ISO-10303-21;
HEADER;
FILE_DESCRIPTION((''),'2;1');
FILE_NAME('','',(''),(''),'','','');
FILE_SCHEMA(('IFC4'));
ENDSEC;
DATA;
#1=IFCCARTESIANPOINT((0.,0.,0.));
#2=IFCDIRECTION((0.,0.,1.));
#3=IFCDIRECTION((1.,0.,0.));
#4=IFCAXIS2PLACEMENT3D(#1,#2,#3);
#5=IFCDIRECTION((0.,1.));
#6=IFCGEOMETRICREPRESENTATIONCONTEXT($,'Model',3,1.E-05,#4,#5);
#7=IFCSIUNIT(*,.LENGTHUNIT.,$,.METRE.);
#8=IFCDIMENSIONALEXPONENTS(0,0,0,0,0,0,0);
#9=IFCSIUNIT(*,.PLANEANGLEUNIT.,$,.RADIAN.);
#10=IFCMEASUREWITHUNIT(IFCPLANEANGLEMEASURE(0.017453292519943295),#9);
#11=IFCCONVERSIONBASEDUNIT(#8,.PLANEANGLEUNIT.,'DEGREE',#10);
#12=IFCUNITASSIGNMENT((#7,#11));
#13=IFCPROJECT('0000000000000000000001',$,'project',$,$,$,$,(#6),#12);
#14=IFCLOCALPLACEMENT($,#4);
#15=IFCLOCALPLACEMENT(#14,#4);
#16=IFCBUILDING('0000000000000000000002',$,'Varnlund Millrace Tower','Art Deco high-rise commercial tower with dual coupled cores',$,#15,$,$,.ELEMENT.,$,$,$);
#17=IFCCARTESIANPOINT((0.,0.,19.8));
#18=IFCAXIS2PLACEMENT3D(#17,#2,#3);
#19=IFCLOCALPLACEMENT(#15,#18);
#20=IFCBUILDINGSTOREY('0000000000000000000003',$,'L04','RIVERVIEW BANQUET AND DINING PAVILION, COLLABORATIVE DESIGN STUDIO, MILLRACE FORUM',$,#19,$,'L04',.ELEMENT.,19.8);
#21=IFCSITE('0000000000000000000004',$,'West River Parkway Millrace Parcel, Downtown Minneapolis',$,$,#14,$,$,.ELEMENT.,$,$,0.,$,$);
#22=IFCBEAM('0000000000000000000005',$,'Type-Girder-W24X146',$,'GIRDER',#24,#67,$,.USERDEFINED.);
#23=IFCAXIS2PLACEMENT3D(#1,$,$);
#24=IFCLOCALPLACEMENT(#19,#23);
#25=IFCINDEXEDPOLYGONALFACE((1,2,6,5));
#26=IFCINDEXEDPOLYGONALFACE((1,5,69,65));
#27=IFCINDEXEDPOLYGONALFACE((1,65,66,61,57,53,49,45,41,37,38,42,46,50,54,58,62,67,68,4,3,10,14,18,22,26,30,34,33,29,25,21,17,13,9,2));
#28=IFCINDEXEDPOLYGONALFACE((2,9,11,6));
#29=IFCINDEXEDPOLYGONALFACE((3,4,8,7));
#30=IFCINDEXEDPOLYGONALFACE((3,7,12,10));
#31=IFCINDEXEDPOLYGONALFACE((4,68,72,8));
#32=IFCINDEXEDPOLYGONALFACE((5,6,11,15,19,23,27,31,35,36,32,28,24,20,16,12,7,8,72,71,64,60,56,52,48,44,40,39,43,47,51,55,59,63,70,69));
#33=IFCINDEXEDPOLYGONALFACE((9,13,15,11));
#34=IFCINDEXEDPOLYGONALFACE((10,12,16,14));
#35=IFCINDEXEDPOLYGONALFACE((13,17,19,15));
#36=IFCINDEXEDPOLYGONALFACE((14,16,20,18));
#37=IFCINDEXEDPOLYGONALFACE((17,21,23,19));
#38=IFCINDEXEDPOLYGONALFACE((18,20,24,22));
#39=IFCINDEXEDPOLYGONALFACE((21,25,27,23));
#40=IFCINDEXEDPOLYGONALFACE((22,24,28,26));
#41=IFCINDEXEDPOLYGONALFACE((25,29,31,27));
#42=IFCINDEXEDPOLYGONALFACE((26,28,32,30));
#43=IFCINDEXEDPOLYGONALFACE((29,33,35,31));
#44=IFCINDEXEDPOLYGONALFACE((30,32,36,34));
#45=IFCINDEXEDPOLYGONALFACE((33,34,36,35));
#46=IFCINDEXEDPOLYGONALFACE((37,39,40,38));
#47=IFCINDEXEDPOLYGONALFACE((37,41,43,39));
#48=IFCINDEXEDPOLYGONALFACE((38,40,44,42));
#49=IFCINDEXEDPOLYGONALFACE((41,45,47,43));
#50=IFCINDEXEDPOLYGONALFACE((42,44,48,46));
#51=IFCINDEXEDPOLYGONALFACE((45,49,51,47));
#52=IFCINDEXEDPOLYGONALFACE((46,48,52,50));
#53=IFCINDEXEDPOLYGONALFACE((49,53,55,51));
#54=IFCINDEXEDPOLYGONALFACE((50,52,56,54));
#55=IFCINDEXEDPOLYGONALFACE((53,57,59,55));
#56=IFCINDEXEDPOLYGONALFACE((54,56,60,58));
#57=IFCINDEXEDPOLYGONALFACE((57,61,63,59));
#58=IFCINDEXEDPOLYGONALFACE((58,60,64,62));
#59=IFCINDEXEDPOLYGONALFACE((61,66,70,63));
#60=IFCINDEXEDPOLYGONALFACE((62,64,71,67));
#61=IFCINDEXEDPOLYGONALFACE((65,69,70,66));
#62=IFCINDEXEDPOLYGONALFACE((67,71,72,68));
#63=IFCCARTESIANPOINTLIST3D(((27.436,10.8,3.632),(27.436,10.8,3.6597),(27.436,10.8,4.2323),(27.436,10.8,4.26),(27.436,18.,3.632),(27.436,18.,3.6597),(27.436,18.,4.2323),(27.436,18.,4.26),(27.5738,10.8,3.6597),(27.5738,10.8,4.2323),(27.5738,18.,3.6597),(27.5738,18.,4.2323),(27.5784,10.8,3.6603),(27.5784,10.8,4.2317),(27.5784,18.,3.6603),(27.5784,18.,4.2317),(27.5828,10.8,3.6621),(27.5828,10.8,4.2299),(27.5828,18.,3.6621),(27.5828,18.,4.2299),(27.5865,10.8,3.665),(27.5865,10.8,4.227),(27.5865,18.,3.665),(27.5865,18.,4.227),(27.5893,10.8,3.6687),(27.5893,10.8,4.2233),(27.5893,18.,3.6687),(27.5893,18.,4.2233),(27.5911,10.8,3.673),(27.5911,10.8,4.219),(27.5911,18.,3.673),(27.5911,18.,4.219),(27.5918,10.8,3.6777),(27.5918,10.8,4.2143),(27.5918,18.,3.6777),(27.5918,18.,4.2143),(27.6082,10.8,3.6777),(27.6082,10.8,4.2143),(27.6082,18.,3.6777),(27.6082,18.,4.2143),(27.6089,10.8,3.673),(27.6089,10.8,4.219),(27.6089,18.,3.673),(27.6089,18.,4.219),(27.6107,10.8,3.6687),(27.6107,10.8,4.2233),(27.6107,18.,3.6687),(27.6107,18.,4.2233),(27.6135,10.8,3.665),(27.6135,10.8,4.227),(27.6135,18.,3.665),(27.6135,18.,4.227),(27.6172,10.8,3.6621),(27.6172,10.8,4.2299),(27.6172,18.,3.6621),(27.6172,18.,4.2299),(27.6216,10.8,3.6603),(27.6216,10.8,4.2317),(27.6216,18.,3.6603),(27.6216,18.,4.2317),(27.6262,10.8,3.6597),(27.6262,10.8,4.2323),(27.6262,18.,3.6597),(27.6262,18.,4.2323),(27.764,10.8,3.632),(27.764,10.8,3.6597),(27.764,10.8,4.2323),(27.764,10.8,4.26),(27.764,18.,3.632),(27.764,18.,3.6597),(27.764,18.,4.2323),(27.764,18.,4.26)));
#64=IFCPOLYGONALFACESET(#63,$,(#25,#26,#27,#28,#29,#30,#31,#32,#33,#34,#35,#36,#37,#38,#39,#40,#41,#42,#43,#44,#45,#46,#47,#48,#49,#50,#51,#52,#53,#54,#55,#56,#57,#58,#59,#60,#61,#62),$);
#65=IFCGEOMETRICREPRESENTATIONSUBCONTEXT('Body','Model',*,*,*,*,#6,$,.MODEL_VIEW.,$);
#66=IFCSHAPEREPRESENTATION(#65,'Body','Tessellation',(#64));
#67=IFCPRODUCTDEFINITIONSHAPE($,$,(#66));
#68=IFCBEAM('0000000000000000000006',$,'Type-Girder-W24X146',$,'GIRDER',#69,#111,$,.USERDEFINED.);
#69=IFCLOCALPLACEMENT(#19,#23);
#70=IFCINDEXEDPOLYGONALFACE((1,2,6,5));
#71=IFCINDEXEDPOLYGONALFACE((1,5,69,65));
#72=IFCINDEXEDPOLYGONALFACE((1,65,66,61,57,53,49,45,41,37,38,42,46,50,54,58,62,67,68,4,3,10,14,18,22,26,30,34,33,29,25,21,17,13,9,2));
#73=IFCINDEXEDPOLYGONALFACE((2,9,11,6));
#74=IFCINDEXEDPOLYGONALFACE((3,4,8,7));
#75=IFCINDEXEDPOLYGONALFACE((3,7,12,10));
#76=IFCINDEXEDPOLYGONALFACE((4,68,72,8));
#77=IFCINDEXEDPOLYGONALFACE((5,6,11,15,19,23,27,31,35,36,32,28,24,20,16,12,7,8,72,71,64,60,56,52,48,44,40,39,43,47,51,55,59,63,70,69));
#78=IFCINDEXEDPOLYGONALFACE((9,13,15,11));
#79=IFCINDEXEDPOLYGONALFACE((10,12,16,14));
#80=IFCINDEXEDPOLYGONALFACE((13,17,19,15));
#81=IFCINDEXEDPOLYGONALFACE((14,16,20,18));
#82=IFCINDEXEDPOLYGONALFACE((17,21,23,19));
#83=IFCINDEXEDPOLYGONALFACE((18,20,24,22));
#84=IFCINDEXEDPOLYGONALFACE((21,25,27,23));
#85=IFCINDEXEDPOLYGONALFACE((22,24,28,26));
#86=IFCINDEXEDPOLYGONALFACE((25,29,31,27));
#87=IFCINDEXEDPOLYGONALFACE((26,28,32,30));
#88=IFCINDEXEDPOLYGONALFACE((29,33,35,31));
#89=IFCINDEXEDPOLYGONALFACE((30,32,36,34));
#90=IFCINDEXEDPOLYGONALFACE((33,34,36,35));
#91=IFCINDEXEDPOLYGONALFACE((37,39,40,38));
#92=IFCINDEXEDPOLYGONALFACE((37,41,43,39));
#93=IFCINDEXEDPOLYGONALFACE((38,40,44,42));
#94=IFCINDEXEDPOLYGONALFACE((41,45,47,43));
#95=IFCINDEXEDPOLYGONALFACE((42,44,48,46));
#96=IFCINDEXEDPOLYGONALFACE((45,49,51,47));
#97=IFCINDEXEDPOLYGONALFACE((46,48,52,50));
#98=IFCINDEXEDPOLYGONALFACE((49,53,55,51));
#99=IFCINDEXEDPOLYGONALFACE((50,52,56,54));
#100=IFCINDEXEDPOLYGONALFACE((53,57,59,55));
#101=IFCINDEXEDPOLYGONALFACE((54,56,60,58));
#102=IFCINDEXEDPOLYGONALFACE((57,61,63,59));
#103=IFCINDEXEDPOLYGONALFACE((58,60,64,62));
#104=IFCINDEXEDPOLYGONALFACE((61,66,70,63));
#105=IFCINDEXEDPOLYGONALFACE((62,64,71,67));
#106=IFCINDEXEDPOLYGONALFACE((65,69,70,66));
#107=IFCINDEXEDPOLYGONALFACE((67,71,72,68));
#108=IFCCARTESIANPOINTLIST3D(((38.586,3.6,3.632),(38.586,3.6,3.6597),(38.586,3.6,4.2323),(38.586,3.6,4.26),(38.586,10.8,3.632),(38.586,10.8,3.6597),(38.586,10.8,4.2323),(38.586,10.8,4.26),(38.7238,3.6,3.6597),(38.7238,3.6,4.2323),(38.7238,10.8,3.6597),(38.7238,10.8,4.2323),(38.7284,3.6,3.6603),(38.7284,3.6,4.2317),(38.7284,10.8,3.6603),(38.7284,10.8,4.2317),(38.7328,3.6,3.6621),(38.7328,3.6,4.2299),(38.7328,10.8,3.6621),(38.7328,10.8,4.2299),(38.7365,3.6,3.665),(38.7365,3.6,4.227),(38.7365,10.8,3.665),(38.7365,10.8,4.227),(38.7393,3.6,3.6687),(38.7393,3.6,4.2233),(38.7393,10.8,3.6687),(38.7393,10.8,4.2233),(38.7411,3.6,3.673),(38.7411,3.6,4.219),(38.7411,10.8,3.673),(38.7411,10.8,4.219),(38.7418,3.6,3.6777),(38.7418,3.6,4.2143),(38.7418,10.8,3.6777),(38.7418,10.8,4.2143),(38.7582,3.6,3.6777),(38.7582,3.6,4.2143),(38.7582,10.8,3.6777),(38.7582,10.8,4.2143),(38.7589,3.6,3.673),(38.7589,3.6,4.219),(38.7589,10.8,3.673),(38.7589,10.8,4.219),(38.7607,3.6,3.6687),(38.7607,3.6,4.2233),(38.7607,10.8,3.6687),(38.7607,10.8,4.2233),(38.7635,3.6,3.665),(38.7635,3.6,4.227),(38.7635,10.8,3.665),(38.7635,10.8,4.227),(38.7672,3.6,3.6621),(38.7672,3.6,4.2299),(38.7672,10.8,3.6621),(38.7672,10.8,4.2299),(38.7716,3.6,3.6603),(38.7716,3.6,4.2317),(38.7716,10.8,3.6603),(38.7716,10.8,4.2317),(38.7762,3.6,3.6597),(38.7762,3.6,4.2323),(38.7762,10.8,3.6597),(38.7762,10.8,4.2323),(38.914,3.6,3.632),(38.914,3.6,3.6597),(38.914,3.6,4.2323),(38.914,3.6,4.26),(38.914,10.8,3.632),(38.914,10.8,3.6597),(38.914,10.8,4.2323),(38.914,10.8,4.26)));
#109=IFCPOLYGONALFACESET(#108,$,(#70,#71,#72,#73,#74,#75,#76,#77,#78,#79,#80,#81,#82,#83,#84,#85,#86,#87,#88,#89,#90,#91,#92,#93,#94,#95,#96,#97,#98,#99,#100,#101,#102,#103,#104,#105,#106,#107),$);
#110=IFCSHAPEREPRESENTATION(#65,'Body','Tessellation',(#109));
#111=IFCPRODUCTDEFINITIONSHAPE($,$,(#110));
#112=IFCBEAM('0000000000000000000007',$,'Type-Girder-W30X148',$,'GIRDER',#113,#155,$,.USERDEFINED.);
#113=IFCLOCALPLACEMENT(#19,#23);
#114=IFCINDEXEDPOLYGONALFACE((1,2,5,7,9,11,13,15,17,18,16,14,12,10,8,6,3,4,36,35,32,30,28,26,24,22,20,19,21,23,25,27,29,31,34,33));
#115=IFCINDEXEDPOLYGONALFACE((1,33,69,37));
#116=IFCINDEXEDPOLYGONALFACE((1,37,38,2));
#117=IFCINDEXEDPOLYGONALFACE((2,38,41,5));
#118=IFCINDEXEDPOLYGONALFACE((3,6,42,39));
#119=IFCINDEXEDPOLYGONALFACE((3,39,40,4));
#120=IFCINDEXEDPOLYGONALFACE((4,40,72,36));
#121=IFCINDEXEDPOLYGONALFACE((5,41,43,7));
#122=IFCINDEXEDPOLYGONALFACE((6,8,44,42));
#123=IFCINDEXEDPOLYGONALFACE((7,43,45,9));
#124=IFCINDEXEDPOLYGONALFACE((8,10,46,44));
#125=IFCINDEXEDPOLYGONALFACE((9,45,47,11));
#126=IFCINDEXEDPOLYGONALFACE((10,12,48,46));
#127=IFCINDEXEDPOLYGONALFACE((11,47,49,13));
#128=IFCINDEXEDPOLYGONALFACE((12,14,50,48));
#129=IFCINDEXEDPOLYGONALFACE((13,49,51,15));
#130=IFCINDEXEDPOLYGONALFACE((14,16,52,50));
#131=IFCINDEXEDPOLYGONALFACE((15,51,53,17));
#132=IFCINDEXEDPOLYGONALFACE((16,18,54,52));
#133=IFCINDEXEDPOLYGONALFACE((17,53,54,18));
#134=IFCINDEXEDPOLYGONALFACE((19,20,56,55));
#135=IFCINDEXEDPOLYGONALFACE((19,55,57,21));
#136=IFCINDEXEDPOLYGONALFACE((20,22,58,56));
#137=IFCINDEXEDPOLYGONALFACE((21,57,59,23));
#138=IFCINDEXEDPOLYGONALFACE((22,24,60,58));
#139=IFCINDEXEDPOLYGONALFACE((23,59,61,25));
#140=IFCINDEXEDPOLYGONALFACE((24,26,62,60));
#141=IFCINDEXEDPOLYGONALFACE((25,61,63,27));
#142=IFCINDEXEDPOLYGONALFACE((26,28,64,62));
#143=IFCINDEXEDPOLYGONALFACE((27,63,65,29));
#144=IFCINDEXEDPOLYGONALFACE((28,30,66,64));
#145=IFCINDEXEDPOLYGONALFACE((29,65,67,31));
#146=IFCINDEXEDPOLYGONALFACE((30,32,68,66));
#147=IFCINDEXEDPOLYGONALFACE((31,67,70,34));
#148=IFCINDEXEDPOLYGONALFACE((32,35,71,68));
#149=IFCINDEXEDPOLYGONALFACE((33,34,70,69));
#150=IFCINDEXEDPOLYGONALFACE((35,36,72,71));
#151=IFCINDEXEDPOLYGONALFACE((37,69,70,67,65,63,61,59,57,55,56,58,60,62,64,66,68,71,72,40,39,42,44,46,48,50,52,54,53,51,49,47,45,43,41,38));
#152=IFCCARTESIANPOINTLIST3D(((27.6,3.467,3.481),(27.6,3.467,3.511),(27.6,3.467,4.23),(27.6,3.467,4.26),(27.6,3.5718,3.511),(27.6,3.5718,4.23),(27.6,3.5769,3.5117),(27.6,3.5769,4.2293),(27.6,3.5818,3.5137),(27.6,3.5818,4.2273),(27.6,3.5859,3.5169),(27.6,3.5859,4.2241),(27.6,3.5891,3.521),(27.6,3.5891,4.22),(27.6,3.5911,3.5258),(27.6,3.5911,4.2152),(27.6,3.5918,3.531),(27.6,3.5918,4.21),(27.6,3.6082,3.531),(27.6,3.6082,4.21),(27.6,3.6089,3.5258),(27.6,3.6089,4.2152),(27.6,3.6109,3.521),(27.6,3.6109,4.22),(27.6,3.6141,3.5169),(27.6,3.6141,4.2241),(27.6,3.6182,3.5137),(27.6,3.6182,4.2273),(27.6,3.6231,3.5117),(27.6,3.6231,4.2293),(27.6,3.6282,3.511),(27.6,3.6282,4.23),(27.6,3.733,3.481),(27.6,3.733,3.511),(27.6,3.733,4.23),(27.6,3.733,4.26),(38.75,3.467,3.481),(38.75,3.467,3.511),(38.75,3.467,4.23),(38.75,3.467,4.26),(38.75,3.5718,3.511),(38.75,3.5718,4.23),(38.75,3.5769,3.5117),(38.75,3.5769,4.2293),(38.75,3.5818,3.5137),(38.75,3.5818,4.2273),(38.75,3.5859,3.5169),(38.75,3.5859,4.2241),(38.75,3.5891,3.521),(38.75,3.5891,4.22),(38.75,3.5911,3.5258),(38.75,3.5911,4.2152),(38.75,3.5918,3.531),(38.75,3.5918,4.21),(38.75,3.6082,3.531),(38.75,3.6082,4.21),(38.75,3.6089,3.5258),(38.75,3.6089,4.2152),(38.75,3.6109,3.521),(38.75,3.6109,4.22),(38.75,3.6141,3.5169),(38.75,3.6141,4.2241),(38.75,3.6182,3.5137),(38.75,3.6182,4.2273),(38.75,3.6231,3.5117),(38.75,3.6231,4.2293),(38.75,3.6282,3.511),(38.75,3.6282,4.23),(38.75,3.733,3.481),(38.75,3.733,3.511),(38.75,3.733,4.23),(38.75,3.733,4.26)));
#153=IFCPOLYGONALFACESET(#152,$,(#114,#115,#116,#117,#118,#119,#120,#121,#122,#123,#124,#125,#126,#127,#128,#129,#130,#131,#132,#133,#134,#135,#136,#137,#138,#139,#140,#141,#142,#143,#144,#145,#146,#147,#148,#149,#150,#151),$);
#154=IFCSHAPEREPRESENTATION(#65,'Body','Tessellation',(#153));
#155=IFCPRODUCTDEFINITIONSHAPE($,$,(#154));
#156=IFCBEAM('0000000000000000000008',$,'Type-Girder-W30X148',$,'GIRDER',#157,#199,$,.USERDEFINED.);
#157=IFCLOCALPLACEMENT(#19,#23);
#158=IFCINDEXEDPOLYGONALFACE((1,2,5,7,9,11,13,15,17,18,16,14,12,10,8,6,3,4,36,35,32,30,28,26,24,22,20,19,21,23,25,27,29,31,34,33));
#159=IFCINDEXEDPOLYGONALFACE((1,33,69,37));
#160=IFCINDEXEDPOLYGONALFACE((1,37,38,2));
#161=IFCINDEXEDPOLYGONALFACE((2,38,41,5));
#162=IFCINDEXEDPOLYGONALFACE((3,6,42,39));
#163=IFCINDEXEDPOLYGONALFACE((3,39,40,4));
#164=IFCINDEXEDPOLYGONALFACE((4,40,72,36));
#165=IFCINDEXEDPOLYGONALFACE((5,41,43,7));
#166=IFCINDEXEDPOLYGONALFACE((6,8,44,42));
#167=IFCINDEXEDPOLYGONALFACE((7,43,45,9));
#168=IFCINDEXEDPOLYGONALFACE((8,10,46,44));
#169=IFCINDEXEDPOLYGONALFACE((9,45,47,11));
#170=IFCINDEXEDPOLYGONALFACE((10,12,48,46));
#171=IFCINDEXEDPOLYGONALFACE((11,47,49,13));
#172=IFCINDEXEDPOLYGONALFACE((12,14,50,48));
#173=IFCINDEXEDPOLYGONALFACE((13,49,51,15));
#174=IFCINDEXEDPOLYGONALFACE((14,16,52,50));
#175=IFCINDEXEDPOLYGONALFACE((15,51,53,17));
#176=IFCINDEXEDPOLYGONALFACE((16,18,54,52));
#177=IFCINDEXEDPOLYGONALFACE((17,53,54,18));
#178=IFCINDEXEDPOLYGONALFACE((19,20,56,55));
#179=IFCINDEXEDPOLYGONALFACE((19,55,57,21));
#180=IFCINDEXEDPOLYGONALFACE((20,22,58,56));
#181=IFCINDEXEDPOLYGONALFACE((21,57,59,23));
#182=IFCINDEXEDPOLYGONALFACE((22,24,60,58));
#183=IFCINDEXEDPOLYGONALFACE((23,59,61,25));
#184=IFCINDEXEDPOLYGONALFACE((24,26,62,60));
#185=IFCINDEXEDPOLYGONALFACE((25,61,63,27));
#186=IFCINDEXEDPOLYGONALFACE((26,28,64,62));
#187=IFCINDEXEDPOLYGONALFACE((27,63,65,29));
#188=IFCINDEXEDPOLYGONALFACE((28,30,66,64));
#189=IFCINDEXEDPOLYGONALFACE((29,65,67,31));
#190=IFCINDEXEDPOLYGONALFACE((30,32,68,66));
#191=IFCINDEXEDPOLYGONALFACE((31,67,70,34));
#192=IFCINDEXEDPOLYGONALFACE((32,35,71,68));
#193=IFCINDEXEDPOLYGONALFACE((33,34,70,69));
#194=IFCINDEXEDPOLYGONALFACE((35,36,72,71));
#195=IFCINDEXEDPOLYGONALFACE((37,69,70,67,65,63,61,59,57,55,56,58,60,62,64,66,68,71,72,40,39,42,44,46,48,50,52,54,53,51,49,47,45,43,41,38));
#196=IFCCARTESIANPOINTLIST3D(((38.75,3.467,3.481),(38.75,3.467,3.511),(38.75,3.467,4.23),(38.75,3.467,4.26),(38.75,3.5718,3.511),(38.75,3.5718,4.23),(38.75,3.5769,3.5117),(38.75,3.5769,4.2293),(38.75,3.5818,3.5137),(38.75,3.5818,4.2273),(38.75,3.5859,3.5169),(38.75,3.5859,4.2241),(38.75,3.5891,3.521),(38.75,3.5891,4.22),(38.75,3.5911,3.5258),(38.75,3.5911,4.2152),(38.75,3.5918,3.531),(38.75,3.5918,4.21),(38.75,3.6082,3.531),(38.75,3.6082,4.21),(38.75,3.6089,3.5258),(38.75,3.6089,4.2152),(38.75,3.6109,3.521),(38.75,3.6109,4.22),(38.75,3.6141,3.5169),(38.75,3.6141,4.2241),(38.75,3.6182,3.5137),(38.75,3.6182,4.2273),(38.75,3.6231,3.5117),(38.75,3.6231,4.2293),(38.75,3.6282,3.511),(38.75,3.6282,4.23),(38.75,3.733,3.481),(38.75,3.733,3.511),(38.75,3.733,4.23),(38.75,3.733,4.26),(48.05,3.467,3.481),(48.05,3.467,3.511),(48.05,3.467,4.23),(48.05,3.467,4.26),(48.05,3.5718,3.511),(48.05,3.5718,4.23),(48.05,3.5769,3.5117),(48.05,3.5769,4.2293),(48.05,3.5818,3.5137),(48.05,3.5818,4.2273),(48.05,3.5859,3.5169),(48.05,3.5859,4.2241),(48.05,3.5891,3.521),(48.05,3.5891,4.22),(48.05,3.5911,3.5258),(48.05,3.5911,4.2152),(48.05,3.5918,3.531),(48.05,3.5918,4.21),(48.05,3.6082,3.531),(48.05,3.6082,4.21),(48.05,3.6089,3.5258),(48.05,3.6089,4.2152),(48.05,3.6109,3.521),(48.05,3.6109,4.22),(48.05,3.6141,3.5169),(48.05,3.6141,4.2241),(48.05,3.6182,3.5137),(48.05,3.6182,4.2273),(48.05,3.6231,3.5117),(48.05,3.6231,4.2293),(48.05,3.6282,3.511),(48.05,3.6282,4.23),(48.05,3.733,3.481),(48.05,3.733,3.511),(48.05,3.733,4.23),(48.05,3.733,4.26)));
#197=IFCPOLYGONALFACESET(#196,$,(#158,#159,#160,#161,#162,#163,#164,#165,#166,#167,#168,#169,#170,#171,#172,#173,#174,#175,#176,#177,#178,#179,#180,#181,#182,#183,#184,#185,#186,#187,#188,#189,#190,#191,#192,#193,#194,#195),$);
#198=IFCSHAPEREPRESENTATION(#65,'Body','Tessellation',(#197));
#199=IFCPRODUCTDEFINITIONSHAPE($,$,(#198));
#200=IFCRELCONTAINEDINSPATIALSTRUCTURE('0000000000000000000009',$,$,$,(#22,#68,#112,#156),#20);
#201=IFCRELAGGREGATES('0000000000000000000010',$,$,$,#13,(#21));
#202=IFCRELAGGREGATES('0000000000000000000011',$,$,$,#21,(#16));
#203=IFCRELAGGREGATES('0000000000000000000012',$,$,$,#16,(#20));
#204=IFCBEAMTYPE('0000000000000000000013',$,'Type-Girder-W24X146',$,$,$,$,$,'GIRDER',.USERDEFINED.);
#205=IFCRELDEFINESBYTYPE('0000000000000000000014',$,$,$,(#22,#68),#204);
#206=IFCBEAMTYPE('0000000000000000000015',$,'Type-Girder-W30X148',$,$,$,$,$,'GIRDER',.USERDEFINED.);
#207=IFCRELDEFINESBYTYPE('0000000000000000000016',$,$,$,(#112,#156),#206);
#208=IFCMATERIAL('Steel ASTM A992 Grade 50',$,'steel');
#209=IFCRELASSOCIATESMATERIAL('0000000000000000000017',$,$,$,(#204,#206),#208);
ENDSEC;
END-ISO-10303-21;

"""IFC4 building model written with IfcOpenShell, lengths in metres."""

from ifc_helpers import new_model, entity, si_unit, converted_unit, direction, frame, origin_with_axes, origin_2d_with_axis, place, context, subcontext, project, spatial, i_section, extrude, material, material_profile, profile_set, type_object, element, save


model = new_model("IFC4")

# Units and contexts
model_context = context("Model", 3, precision=1e-05, world=origin_with_axes(), true_north=direction((0.0, 1.0)))
body_context = subcontext(model_context, "Body", "Model", "MODEL_VIEW")
ifc_project = project(units=[si_unit("LENGTHUNIT", "METRE"), converted_unit("PLANEANGLEUNIT", "DEGREE", entity("IfcPlaneAngleMeasure", 0.017453292519943295), si_unit("PLANEANGLEUNIT", "RADIAN"), dimensions=[0, 0, 0, 0, 0, 0, 0])], contexts=[model_context])

# Site, building, storey
site_placement = place(None, origin_with_axes())
site = spatial("IfcSite", under=ifc_project, at=site_placement, Name="West River Parkway Millrace Parcel, Downtown Minneapolis", CompositionType="ELEMENT", RefElevation=0.0)
building_placement = place(site_placement, origin_with_axes())
building = spatial("IfcBuilding", under=site, at=building_placement, Name="Varnlund Millrace Tower", Description="Art Deco high-rise commercial tower with dual coupled cores", CompositionType="ELEMENT")
storey_placement = place(building_placement, frame((0.0, 0.0, 19.8), z_axis=(0.0, 0.0, 1.0), x_axis=(1.0, 0.0, 0.0)))
storey = spatial("IfcBuildingStorey", under=building, at=storey_placement, Name="L04", Description="RIVERVIEW BANQUET AND DINING PAVILION, COLLABORATIVE DESIGN STUDIO, MILLRACE FORUM", LongName="L04", CompositionType="ELEMENT", Elevation=19.8)

# Beams
ifc_material_1 = material(Name="Steel ASTM A992 Grade 50", Category="steel")
ifc_material_profile_1 = material_profile(ifc_material_1, i_section(OverallWidth=0.328, OverallDepth=0.628, WebThickness=0.0165, FlangeThickness=0.0277, FilletRadius=0.018, at=origin_2d_with_axis()), Name="Steel ASTM A992 Grade 50")
ifc_profile_set_1 = profile_set([ifc_material_profile_1], Name="Steel ASTM A992 Grade 50")
beam_type_1 = type_object("IfcBeamType", Name="Type-Girder-W24X146", ElementType="GIRDER", PredefinedType="USERDEFINED", material=ifc_profile_set_1)
for number, where, z_axis, x_axis, name in (
    (1, (27.6, 10.8, 3.946), (0.0, 1.0, 0.0), (-1.0, 0.0, 0.0), "Type-Girder-W24X146"),
    (2, (38.75, 3.6, 3.946), (0.0, 1.0, 0.0), (-1.0, 0.0, 0.0), "Type-Girder-W24X146"),
):
    element("IfcBeam", number, at=place(storey_placement, frame(where, z_axis=z_axis, x_axis=x_axis)), inside=storey, type_object=beam_type_1, Name=name, ObjectType="GIRDER", PredefinedType="USERDEFINED", context=body_context, shape_type="SweptSolid", body=[
        extrude(i_section(OverallWidth=0.328, OverallDepth=0.628, WebThickness=0.0165, FlangeThickness=0.0277, FilletRadius=0.018, at=origin_2d_with_axis()), origin_with_axes(), (0.0, 0.0, 1.0), 7.2),
    ])
ifc_material_profile_2 = material_profile(ifc_material_1, i_section(OverallWidth=0.266, OverallDepth=0.779, WebThickness=0.0165, FlangeThickness=0.03, FilletRadius=0.02, at=origin_2d_with_axis()), Name="Steel ASTM A992 Grade 50")
ifc_profile_set_2 = profile_set([ifc_material_profile_2], Name="Steel ASTM A992 Grade 50")
beam_type_2 = type_object("IfcBeamType", Name="Type-Girder-W30X148", ElementType="GIRDER", PredefinedType="USERDEFINED", material=ifc_profile_set_2)
beam_1_placement = place(storey_placement, frame((27.6, 3.6, 3.8705), z_axis=(1.0, 0.0, 0.0), x_axis=(0.0, 1.0, 0.0)))
element("IfcBeam", 3, at=beam_1_placement, inside=storey, type_object=beam_type_2, Name="Type-Girder-W30X148", ObjectType="GIRDER", PredefinedType="USERDEFINED", context=body_context, shape_type="SweptSolid", body=[
    extrude(i_section(OverallWidth=0.266, OverallDepth=0.779, WebThickness=0.0165, FlangeThickness=0.03, FilletRadius=0.02, at=origin_2d_with_axis()), origin_with_axes(), (0.0, 0.0, 1.0), 11.15),
])
beam_2_placement = place(storey_placement, frame((38.75, 3.6, 3.8705), z_axis=(1.0, 0.0, 0.0), x_axis=(0.0, 1.0, 0.0)))
element("IfcBeam", 4, at=beam_2_placement, inside=storey, type_object=beam_type_2, Name="Type-Girder-W30X148", ObjectType="GIRDER", PredefinedType="USERDEFINED", context=body_context, shape_type="SweptSolid", body=[
    extrude(i_section(OverallWidth=0.266, OverallDepth=0.779, WebThickness=0.0165, FlangeThickness=0.03, FilletRadius=0.02, at=origin_2d_with_axis()), origin_with_axes(), (0.0, 0.0, 1.0), 9.3),
])

save(model, "model.ifc")
